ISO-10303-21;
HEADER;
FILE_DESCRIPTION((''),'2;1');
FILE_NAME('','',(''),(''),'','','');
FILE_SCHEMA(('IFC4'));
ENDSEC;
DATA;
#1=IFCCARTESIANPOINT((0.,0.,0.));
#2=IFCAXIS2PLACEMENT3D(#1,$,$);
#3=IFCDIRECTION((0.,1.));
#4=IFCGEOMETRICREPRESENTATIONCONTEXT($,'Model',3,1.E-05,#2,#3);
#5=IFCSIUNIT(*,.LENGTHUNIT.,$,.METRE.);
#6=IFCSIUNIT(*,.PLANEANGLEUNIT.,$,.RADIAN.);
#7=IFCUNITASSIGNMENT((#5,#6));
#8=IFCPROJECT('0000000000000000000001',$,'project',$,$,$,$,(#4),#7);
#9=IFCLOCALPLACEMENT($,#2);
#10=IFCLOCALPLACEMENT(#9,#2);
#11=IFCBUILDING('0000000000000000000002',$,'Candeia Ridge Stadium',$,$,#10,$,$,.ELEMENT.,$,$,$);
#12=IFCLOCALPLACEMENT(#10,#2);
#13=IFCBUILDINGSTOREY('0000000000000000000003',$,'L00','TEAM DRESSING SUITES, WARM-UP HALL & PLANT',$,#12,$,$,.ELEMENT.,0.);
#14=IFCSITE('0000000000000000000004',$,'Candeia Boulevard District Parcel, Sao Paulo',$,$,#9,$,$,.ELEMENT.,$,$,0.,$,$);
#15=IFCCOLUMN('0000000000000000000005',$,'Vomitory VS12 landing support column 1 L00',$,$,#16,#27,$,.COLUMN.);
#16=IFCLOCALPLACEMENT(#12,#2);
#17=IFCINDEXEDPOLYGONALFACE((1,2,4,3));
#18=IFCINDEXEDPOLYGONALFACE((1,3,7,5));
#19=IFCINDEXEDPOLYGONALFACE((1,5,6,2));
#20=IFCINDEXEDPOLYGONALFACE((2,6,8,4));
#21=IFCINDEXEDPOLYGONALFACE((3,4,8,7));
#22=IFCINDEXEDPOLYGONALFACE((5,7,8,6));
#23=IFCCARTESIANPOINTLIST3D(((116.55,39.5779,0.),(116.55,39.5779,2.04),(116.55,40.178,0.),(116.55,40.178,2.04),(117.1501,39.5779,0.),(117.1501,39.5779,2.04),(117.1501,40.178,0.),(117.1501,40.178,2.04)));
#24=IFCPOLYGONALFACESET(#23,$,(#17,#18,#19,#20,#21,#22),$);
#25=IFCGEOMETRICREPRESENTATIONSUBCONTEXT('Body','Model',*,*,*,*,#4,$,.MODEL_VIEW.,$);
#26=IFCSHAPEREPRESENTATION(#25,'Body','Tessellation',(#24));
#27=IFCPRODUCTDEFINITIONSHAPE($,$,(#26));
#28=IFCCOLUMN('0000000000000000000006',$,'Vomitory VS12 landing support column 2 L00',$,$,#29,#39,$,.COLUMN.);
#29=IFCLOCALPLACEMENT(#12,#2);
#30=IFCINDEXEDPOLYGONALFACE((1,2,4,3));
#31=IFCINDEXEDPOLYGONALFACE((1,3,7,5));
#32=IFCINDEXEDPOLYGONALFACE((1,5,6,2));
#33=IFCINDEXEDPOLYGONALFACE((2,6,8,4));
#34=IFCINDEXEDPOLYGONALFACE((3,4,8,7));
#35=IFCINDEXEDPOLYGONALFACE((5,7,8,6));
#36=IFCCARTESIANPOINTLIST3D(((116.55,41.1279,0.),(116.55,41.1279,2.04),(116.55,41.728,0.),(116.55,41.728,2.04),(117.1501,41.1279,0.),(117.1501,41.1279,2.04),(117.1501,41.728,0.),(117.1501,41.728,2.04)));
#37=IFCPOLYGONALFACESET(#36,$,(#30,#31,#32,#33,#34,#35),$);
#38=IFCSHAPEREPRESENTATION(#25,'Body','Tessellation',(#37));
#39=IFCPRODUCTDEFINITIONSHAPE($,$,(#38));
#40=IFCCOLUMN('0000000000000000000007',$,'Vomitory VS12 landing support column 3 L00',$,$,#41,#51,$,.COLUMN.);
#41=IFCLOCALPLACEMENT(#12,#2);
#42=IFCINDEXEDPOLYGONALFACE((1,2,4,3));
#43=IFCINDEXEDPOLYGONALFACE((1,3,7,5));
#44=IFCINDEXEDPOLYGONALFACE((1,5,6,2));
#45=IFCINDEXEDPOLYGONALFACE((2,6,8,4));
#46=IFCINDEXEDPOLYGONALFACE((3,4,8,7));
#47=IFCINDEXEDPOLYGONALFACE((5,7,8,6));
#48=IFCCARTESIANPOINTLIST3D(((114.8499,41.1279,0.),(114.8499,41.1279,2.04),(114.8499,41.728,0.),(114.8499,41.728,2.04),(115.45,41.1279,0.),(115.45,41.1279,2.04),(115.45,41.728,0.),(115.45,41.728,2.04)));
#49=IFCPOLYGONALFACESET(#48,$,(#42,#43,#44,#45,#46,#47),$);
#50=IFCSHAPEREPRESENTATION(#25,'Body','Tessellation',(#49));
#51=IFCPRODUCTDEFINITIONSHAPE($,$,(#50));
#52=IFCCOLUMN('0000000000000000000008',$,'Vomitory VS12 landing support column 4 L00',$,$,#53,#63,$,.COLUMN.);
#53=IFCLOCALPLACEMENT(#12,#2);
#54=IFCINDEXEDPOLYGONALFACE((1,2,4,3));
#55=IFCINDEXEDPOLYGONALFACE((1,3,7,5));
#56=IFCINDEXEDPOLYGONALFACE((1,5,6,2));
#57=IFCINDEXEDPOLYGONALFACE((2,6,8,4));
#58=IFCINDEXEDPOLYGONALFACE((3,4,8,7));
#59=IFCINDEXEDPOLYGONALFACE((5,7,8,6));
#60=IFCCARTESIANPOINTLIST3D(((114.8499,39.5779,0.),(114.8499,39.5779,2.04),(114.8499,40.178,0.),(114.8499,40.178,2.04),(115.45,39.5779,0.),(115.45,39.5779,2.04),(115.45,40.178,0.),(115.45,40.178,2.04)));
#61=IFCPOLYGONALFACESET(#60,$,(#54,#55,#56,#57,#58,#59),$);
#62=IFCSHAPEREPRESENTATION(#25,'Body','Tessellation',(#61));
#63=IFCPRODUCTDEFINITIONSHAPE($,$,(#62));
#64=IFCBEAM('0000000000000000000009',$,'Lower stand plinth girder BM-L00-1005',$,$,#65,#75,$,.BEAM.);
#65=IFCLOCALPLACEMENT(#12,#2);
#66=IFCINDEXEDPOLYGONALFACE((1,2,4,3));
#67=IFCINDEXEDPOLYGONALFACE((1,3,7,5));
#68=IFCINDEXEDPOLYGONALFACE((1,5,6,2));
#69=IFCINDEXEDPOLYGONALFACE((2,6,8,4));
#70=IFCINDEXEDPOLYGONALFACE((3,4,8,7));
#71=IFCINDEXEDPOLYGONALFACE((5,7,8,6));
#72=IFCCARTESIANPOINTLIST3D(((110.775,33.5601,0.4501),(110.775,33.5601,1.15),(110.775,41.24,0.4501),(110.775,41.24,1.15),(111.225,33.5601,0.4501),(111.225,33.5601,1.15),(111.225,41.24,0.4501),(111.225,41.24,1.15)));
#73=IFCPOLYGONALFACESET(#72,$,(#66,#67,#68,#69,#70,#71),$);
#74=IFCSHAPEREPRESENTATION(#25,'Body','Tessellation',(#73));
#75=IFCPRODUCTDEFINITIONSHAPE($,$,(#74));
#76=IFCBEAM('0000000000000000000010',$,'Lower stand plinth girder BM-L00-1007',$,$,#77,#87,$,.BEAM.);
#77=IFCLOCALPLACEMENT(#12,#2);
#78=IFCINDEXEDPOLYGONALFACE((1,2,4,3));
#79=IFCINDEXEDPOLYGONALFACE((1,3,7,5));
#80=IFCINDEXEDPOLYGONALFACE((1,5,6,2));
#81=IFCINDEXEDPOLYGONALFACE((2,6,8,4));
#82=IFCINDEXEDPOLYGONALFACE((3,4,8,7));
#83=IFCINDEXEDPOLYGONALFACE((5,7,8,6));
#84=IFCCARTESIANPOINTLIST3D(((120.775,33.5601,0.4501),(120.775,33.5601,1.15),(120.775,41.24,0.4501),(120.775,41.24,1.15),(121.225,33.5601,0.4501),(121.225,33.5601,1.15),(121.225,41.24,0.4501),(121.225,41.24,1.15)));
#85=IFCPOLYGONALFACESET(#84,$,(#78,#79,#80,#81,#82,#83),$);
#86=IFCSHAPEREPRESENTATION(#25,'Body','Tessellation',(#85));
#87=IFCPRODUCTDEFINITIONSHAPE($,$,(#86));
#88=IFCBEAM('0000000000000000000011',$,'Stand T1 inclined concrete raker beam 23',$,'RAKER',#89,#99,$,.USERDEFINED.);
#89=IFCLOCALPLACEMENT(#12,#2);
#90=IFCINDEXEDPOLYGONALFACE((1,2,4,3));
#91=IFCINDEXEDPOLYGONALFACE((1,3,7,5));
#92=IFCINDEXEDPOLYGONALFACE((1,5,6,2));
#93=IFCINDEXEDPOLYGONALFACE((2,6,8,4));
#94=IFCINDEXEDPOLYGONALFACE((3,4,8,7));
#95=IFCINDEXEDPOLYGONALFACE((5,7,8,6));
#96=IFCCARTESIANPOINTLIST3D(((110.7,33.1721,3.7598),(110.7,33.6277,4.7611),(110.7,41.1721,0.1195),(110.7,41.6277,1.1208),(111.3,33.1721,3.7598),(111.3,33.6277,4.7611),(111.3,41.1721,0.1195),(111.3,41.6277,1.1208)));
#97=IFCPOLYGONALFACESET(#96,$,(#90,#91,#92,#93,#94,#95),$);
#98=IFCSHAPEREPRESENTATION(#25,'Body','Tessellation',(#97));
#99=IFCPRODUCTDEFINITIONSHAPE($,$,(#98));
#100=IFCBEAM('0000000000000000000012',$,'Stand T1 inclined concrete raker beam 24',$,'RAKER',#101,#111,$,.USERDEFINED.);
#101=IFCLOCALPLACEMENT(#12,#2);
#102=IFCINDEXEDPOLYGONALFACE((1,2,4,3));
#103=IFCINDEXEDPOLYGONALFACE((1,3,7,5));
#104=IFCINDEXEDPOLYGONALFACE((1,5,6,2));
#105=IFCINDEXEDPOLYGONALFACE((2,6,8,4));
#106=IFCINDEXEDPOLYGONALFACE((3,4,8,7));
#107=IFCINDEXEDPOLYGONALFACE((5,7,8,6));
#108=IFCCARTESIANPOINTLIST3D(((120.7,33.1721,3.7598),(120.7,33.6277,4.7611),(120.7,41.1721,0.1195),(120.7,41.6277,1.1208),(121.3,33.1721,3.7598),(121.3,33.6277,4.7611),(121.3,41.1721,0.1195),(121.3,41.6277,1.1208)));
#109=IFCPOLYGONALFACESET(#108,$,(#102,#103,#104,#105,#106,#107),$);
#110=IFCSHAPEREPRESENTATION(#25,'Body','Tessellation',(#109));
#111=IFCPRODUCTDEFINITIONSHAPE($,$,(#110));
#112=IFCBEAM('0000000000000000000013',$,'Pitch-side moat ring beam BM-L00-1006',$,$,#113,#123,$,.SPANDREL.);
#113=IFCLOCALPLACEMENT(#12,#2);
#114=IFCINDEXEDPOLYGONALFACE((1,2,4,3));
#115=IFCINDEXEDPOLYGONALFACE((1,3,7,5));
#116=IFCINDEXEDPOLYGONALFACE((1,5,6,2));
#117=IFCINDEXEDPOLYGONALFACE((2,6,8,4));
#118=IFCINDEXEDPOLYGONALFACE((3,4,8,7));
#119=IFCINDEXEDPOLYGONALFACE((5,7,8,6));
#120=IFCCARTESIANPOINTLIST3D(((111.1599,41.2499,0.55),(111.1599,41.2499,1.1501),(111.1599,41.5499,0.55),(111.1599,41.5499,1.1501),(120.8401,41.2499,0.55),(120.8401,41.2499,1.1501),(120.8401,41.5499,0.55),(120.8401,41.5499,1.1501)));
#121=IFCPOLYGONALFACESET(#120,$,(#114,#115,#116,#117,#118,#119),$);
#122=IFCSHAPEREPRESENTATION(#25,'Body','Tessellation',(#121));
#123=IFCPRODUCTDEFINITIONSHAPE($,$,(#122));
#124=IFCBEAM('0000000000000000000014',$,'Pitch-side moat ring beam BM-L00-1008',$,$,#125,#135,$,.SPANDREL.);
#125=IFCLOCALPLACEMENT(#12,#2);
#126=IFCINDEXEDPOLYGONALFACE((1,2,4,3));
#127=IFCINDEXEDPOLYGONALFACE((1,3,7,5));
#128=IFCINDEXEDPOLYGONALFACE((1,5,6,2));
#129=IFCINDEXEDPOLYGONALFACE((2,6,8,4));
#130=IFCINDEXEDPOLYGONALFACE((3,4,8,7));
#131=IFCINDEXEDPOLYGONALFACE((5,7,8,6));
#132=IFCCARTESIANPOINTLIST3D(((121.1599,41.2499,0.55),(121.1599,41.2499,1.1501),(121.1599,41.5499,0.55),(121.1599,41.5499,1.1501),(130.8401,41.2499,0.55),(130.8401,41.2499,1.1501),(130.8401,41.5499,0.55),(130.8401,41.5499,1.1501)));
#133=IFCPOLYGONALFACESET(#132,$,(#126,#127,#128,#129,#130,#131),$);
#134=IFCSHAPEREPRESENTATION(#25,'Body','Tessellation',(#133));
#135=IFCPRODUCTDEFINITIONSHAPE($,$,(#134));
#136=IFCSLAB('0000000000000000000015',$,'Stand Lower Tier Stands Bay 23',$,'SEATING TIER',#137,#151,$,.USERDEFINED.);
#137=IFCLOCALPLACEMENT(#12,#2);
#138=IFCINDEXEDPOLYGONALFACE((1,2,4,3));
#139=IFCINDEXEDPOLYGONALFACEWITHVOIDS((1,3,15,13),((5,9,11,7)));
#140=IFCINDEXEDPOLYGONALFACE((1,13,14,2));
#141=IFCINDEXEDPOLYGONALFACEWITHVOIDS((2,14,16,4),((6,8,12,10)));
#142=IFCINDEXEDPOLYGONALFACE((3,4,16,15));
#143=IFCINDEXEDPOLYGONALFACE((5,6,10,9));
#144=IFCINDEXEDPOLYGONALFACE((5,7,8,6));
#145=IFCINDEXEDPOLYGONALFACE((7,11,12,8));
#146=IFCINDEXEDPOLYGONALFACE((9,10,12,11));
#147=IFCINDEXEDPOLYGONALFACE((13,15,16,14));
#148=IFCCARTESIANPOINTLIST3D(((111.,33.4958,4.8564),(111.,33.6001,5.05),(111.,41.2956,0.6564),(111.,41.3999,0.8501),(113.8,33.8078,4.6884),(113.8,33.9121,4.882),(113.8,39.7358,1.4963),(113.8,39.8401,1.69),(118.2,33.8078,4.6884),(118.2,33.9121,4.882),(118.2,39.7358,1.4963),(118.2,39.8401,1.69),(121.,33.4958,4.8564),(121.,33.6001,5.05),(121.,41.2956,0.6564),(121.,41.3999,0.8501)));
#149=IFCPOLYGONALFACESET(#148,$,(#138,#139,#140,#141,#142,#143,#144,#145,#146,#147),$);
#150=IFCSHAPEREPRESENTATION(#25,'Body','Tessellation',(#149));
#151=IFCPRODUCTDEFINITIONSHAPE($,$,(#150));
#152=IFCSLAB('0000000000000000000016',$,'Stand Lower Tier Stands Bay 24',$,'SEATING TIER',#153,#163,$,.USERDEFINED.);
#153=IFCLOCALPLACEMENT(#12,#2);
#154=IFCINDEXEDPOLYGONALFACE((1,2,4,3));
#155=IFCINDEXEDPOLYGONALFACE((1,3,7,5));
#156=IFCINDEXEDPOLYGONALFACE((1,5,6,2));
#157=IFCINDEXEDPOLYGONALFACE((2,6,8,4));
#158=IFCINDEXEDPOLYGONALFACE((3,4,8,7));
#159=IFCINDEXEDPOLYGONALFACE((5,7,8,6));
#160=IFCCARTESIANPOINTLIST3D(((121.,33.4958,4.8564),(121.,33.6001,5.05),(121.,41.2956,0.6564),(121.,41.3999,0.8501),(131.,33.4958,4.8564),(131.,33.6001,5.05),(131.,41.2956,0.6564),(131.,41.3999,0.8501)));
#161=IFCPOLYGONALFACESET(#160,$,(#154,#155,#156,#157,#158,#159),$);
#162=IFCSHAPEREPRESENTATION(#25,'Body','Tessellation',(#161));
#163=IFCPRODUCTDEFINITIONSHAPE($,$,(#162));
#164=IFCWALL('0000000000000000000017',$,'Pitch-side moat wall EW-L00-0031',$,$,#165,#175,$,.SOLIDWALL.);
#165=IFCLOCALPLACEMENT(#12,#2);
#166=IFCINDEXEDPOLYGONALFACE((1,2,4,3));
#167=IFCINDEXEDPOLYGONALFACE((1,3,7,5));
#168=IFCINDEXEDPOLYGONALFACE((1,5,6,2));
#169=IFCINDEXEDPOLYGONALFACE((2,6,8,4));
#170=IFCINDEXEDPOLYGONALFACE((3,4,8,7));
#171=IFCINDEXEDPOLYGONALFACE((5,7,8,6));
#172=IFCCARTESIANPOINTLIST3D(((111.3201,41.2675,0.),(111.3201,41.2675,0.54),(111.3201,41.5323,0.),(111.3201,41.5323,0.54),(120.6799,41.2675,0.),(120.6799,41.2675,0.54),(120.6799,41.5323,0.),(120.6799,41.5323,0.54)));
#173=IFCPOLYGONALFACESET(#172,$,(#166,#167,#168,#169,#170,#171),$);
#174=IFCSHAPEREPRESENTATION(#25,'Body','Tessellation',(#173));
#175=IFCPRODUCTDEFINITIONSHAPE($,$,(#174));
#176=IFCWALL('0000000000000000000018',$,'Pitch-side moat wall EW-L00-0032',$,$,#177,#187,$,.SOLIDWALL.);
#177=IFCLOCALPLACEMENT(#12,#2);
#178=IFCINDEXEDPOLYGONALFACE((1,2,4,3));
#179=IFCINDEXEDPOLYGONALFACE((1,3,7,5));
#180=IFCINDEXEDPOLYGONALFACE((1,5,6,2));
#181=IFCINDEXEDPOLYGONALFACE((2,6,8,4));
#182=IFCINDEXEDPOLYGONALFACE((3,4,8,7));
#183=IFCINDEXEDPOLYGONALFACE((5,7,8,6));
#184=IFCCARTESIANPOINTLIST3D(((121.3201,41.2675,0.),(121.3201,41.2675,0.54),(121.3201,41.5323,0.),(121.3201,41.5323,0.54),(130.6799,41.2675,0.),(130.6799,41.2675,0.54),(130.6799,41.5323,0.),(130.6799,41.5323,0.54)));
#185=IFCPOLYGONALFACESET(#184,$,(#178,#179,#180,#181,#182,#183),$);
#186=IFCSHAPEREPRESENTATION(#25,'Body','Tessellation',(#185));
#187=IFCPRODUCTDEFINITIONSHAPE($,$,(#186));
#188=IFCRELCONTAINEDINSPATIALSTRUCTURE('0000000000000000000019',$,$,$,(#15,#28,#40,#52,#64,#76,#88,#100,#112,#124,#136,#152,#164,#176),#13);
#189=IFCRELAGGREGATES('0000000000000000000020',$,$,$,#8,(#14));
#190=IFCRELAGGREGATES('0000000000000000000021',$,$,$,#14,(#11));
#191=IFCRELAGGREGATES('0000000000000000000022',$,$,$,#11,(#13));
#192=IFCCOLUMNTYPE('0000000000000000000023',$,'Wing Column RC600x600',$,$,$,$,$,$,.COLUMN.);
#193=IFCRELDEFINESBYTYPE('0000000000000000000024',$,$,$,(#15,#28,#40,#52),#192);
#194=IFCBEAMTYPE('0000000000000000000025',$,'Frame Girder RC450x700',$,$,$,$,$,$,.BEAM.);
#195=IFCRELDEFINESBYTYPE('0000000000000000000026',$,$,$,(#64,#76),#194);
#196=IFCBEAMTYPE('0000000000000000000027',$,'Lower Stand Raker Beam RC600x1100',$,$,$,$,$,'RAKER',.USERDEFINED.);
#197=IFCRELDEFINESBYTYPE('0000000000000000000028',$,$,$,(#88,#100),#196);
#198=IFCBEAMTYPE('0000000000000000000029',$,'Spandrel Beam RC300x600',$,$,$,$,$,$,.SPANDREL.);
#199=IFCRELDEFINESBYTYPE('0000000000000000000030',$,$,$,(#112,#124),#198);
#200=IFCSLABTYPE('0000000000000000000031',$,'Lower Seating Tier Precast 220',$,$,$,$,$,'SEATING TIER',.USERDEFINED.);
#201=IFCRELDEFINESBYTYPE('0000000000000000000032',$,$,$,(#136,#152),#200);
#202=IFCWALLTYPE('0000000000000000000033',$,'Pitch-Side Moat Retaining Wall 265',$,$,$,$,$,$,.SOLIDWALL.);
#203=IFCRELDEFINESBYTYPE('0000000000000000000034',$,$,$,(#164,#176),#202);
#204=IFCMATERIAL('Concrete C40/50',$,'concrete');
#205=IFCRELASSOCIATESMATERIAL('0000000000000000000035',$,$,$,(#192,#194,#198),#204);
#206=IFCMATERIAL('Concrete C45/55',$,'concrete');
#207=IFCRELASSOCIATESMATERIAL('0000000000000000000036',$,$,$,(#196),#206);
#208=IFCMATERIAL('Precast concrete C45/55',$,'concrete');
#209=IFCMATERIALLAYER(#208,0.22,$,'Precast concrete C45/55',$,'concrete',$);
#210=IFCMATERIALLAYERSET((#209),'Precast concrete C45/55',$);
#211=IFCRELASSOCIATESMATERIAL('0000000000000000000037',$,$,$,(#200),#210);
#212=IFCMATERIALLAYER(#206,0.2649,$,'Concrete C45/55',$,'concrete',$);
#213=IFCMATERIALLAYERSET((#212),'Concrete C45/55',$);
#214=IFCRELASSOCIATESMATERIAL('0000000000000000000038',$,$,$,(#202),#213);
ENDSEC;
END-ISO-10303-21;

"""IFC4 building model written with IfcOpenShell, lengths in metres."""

from ifc_helpers import new_model, si_unit, direction, frame, frame_2d, origin, origin_2d, place, context, subcontext, project, spatial, polyline, rectangle, outline, extrude, material, layer, layer_set, material_profile, profile_set, type_object, element, save


model = new_model("IFC4")

# Units and contexts
model_context = context("Model", 3, precision=1e-05, world=origin(), true_north=direction((0.0, 1.0)))
body_context = subcontext(model_context, "Body", "Model", "MODEL_VIEW")
ifc_project = project(units=[si_unit("LENGTHUNIT", "METRE"), si_unit("PLANEANGLEUNIT", "RADIAN")], contexts=[model_context])

# Site, building, storey
site_placement = place(None, origin())
site = spatial("IfcSite", under=ifc_project, at=site_placement, Name="Candeia Boulevard District Parcel, Sao Paulo", CompositionType="ELEMENT", RefElevation=0.0)
building_placement = place(site_placement, origin())
building = spatial("IfcBuilding", under=site, at=building_placement, Name="Candeia Ridge Stadium", CompositionType="ELEMENT")
storey_placement = place(building_placement, origin())
storey = spatial("IfcBuildingStorey", under=building, at=storey_placement, Name="L00", Description="TEAM DRESSING SUITES, WARM-UP HALL & PLANT", CompositionType="ELEMENT", Elevation=0.0)

# Shared definitions
ifc_material_1 = material(Name="Concrete C40/50", Category="concrete")

# Columns
ifc_material_profile_1 = material_profile(ifc_material_1, rectangle(XDim=0.6001, YDim=0.6001, at=origin_2d()), Name="RC600x600", Category="concrete")
ifc_profile_set_1 = profile_set([ifc_material_profile_1], Name="Concrete C40/50")
column_type = type_object("IfcColumnType", Name="Wing Column RC600x600", PredefinedType="COLUMN", material=ifc_profile_set_1)
for number, where, z_axis, x_axis, name in (
    (1, (116.8501, 39.8779, 0.0), (0.0, 0.0, 1.0), (1.0, 0.0, 0.0), "Vomitory VS12 landing support column 1 L00"),
    (2, (116.8501, 41.428, 0.0), (0.0, 0.0, 1.0), (1.0, 0.0, 0.0), "Vomitory VS12 landing support column 2 L00"),
    (3, (115.1499, 41.428, 0.0), (0.0, 0.0, 1.0), (1.0, 0.0, 0.0), "Vomitory VS12 landing support column 3 L00"),
    (4, (115.1499, 39.8779, 0.0), (0.0, 0.0, 1.0), (1.0, 0.0, 0.0), "Vomitory VS12 landing support column 4 L00"),
):
    element("IfcColumn", number, at=place(storey_placement, frame(where, z_axis=z_axis, x_axis=x_axis)), inside=storey, type_object=column_type, Name=name, PredefinedType="COLUMN", context=body_context, shape_type="SweptSolid", body=[
        extrude(rectangle(XDim=0.6001, YDim=0.6001, at=origin_2d()), origin(), (0.0, 0.0, 1.0), 2.04),
    ])

# Beams
ifc_material_profile_2 = material_profile(ifc_material_1, rectangle(XDim=0.45, YDim=0.7, at=origin_2d()), Name="RC450x700", Category="concrete")
ifc_profile_set_2 = profile_set([ifc_material_profile_2], Name="Concrete C40/50")
beam_type_1 = type_object("IfcBeamType", Name="Frame Girder RC450x700", PredefinedType="BEAM", material=ifc_profile_set_2)
for number, where, z_axis, x_axis, name in (
    (5, (111.0, 41.24, 0.8), (0.0, -1.0, 0.0), (1.0, 0.0, 0.0), "Lower stand plinth girder BM-L00-1005"),
    (6, (121.0, 41.24, 0.8), (0.0, -1.0, 0.0), (1.0, 0.0, 0.0), "Lower stand plinth girder BM-L00-1007"),
):
    element("IfcBeam", number, at=place(storey_placement, frame(where, z_axis=z_axis, x_axis=x_axis)), inside=storey, type_object=beam_type_1, Name=name, PredefinedType="BEAM", context=body_context, shape_type="SweptSolid", body=[
        extrude(rectangle(XDim=0.45, YDim=0.7, at=origin_2d()), origin(), (0.0, 0.0, 1.0), 7.6799),
    ])
ifc_material_2 = material(Name="Concrete C45/55", Category="concrete")
ifc_material_profile_3 = material_profile(ifc_material_2, rectangle(XDim=0.6001, YDim=1.1001, at=origin_2d()), Name="RC600x1100", Category="concrete")
ifc_profile_set_3 = profile_set([ifc_material_profile_3], Name="Concrete C45/55")
beam_type_2 = type_object("IfcBeamType", Name="Lower Stand Raker Beam RC600x1100", ElementType="RAKER", PredefinedType="USERDEFINED", material=ifc_profile_set_3)
for number, where, z_axis, x_axis, name in (
    (7, (111.0, 41.3999, 0.6201), (0.0, -0.910194, 0.414182), (1.0, 0.0, 0.0), "Stand T1 inclined concrete raker beam 23"),
    (8, (121.0, 41.3999, 0.6201), (0.0, -0.910194, 0.414182), (1.0, 0.0, 0.0), "Stand T1 inclined concrete raker beam 24"),
):
    element("IfcBeam", number, at=place(storey_placement, frame(where, z_axis=z_axis, x_axis=x_axis)), inside=storey, type_object=beam_type_2, Name=name, ObjectType="RAKER", PredefinedType="USERDEFINED", context=body_context, shape_type="SweptSolid", body=[
        extrude(rectangle(XDim=0.6001, YDim=1.1001, at=origin_2d()), origin(), (0.0, 0.0, 1.0), 8.7893),
    ])
ifc_material_profile_4 = material_profile(ifc_material_1, rectangle(XDim=0.3, YDim=0.6001, at=origin_2d()), Name="RC300x600", Category="concrete")
ifc_profile_set_4 = profile_set([ifc_material_profile_4], Name="Concrete C40/50")
beam_type_3 = type_object("IfcBeamType", Name="Spandrel Beam RC300x600", PredefinedType="SPANDREL", material=ifc_profile_set_4)
for number, where, z_axis, x_axis, name in (
    (9, (111.1599, 41.3999, 0.8501), (1.0, 0.0, 0.0), (0.0, 1.0, 0.0), "Pitch-side moat ring beam BM-L00-1006"),
    (10, (121.1599, 41.3999, 0.8501), (1.0, 0.0, 0.0), (0.0, 1.0, 0.0), "Pitch-side moat ring beam BM-L00-1008"),
):
    element("IfcBeam", number, at=place(storey_placement, frame(where, z_axis=z_axis, x_axis=x_axis)), inside=storey, type_object=beam_type_3, Name=name, PredefinedType="SPANDREL", context=body_context, shape_type="SweptSolid", body=[
        extrude(rectangle(XDim=0.3, YDim=0.6001, at=origin_2d()), origin(), (0.0, 0.0, 1.0), 9.6802),
    ])

# Slabs
ifc_material_3 = material(Name="Precast concrete C45/55", Category="concrete")
ifc_layer_1 = layer(ifc_material_3, 0.22, Name="Precast concrete C45/55", Category="concrete")
ifc_layer_set_1 = layer_set([ifc_layer_1], Name="Precast concrete C45/55")
slab_type = type_object("IfcSlabType", Name="Lower Seating Tier Precast 220", ElementType="SEATING TIER", PredefinedType="USERDEFINED", material=ifc_layer_set_1)
slab_1_placement = place(storey_placement, frame((111.0, 41.3999, 0.8501), z_axis=(0.0, 0.474105, 0.880468), x_axis=(1.0, 0.0, 0.0)))
element("IfcSlab", 11, at=slab_1_placement, inside=storey, type_object=slab_type, Name="Stand Lower Tier Stands Bay 23", ObjectType="SEATING TIER", PredefinedType="USERDEFINED", context=body_context, shape_type="SweptSolid", body=[
    extrude(outline(polyline([(0.0, 0.0), (10.0, 0.0), (10.0, -8.8587), (0.0, -8.8587), (0.0, 0.0)]), holes=[polyline([(2.8, -1.7715), (7.2, -1.7715), (7.2, -8.5043), (2.8, -8.5043), (2.8, -1.7715)])]), origin(), (0.0, 0.0, -1.0), 0.22),
])
slab_2_placement = place(storey_placement, frame((121.0, 41.3999, 0.8501), z_axis=(0.0, 0.474105, 0.880468), x_axis=(1.0, 0.0, 0.0)))
element("IfcSlab", 12, at=slab_2_placement, inside=storey, type_object=slab_type, Name="Stand Lower Tier Stands Bay 24", ObjectType="SEATING TIER", PredefinedType="USERDEFINED", context=body_context, shape_type="SweptSolid", body=[
    extrude(outline(polyline([(0.0, 0.0), (10.0, 0.0), (10.0, -8.8587), (0.0, -8.8587), (0.0, 0.0)])), origin(), (0.0, 0.0, -1.0), 0.22),
])

# Walls
ifc_layer_2 = layer(ifc_material_2, 0.2649, Name="Concrete C45/55", Category="concrete")
ifc_layer_set_2 = layer_set([ifc_layer_2], Name="Concrete C45/55")
wall_type = type_object("IfcWallType", Name="Pitch-Side Moat Retaining Wall 265", PredefinedType="SOLIDWALL", material=ifc_layer_set_2)
for number, where, z_axis, x_axis, name in (
    (13, (111.3201, 41.3999, 0.0), (0.0, 0.0, 1.0), (1.0, 0.0, 0.0), "Pitch-side moat wall EW-L00-0031"),
    (14, (121.3201, 41.3999, 0.0), (0.0, 0.0, 1.0), (1.0, 0.0, 0.0), "Pitch-side moat wall EW-L00-0032"),
):
    element("IfcWall", number, at=place(storey_placement, frame(where, z_axis=z_axis, x_axis=x_axis)), inside=storey, type_object=wall_type, Name=name, PredefinedType="SOLIDWALL", context=body_context, shape_type="SweptSolid", body=[
        extrude(rectangle(XDim=9.3599, YDim=0.2649, at=frame_2d((4.6799, 0.0))), origin(), (0.0, 0.0, 1.0), 0.54),
    ])

save(model, "model.ifc")
